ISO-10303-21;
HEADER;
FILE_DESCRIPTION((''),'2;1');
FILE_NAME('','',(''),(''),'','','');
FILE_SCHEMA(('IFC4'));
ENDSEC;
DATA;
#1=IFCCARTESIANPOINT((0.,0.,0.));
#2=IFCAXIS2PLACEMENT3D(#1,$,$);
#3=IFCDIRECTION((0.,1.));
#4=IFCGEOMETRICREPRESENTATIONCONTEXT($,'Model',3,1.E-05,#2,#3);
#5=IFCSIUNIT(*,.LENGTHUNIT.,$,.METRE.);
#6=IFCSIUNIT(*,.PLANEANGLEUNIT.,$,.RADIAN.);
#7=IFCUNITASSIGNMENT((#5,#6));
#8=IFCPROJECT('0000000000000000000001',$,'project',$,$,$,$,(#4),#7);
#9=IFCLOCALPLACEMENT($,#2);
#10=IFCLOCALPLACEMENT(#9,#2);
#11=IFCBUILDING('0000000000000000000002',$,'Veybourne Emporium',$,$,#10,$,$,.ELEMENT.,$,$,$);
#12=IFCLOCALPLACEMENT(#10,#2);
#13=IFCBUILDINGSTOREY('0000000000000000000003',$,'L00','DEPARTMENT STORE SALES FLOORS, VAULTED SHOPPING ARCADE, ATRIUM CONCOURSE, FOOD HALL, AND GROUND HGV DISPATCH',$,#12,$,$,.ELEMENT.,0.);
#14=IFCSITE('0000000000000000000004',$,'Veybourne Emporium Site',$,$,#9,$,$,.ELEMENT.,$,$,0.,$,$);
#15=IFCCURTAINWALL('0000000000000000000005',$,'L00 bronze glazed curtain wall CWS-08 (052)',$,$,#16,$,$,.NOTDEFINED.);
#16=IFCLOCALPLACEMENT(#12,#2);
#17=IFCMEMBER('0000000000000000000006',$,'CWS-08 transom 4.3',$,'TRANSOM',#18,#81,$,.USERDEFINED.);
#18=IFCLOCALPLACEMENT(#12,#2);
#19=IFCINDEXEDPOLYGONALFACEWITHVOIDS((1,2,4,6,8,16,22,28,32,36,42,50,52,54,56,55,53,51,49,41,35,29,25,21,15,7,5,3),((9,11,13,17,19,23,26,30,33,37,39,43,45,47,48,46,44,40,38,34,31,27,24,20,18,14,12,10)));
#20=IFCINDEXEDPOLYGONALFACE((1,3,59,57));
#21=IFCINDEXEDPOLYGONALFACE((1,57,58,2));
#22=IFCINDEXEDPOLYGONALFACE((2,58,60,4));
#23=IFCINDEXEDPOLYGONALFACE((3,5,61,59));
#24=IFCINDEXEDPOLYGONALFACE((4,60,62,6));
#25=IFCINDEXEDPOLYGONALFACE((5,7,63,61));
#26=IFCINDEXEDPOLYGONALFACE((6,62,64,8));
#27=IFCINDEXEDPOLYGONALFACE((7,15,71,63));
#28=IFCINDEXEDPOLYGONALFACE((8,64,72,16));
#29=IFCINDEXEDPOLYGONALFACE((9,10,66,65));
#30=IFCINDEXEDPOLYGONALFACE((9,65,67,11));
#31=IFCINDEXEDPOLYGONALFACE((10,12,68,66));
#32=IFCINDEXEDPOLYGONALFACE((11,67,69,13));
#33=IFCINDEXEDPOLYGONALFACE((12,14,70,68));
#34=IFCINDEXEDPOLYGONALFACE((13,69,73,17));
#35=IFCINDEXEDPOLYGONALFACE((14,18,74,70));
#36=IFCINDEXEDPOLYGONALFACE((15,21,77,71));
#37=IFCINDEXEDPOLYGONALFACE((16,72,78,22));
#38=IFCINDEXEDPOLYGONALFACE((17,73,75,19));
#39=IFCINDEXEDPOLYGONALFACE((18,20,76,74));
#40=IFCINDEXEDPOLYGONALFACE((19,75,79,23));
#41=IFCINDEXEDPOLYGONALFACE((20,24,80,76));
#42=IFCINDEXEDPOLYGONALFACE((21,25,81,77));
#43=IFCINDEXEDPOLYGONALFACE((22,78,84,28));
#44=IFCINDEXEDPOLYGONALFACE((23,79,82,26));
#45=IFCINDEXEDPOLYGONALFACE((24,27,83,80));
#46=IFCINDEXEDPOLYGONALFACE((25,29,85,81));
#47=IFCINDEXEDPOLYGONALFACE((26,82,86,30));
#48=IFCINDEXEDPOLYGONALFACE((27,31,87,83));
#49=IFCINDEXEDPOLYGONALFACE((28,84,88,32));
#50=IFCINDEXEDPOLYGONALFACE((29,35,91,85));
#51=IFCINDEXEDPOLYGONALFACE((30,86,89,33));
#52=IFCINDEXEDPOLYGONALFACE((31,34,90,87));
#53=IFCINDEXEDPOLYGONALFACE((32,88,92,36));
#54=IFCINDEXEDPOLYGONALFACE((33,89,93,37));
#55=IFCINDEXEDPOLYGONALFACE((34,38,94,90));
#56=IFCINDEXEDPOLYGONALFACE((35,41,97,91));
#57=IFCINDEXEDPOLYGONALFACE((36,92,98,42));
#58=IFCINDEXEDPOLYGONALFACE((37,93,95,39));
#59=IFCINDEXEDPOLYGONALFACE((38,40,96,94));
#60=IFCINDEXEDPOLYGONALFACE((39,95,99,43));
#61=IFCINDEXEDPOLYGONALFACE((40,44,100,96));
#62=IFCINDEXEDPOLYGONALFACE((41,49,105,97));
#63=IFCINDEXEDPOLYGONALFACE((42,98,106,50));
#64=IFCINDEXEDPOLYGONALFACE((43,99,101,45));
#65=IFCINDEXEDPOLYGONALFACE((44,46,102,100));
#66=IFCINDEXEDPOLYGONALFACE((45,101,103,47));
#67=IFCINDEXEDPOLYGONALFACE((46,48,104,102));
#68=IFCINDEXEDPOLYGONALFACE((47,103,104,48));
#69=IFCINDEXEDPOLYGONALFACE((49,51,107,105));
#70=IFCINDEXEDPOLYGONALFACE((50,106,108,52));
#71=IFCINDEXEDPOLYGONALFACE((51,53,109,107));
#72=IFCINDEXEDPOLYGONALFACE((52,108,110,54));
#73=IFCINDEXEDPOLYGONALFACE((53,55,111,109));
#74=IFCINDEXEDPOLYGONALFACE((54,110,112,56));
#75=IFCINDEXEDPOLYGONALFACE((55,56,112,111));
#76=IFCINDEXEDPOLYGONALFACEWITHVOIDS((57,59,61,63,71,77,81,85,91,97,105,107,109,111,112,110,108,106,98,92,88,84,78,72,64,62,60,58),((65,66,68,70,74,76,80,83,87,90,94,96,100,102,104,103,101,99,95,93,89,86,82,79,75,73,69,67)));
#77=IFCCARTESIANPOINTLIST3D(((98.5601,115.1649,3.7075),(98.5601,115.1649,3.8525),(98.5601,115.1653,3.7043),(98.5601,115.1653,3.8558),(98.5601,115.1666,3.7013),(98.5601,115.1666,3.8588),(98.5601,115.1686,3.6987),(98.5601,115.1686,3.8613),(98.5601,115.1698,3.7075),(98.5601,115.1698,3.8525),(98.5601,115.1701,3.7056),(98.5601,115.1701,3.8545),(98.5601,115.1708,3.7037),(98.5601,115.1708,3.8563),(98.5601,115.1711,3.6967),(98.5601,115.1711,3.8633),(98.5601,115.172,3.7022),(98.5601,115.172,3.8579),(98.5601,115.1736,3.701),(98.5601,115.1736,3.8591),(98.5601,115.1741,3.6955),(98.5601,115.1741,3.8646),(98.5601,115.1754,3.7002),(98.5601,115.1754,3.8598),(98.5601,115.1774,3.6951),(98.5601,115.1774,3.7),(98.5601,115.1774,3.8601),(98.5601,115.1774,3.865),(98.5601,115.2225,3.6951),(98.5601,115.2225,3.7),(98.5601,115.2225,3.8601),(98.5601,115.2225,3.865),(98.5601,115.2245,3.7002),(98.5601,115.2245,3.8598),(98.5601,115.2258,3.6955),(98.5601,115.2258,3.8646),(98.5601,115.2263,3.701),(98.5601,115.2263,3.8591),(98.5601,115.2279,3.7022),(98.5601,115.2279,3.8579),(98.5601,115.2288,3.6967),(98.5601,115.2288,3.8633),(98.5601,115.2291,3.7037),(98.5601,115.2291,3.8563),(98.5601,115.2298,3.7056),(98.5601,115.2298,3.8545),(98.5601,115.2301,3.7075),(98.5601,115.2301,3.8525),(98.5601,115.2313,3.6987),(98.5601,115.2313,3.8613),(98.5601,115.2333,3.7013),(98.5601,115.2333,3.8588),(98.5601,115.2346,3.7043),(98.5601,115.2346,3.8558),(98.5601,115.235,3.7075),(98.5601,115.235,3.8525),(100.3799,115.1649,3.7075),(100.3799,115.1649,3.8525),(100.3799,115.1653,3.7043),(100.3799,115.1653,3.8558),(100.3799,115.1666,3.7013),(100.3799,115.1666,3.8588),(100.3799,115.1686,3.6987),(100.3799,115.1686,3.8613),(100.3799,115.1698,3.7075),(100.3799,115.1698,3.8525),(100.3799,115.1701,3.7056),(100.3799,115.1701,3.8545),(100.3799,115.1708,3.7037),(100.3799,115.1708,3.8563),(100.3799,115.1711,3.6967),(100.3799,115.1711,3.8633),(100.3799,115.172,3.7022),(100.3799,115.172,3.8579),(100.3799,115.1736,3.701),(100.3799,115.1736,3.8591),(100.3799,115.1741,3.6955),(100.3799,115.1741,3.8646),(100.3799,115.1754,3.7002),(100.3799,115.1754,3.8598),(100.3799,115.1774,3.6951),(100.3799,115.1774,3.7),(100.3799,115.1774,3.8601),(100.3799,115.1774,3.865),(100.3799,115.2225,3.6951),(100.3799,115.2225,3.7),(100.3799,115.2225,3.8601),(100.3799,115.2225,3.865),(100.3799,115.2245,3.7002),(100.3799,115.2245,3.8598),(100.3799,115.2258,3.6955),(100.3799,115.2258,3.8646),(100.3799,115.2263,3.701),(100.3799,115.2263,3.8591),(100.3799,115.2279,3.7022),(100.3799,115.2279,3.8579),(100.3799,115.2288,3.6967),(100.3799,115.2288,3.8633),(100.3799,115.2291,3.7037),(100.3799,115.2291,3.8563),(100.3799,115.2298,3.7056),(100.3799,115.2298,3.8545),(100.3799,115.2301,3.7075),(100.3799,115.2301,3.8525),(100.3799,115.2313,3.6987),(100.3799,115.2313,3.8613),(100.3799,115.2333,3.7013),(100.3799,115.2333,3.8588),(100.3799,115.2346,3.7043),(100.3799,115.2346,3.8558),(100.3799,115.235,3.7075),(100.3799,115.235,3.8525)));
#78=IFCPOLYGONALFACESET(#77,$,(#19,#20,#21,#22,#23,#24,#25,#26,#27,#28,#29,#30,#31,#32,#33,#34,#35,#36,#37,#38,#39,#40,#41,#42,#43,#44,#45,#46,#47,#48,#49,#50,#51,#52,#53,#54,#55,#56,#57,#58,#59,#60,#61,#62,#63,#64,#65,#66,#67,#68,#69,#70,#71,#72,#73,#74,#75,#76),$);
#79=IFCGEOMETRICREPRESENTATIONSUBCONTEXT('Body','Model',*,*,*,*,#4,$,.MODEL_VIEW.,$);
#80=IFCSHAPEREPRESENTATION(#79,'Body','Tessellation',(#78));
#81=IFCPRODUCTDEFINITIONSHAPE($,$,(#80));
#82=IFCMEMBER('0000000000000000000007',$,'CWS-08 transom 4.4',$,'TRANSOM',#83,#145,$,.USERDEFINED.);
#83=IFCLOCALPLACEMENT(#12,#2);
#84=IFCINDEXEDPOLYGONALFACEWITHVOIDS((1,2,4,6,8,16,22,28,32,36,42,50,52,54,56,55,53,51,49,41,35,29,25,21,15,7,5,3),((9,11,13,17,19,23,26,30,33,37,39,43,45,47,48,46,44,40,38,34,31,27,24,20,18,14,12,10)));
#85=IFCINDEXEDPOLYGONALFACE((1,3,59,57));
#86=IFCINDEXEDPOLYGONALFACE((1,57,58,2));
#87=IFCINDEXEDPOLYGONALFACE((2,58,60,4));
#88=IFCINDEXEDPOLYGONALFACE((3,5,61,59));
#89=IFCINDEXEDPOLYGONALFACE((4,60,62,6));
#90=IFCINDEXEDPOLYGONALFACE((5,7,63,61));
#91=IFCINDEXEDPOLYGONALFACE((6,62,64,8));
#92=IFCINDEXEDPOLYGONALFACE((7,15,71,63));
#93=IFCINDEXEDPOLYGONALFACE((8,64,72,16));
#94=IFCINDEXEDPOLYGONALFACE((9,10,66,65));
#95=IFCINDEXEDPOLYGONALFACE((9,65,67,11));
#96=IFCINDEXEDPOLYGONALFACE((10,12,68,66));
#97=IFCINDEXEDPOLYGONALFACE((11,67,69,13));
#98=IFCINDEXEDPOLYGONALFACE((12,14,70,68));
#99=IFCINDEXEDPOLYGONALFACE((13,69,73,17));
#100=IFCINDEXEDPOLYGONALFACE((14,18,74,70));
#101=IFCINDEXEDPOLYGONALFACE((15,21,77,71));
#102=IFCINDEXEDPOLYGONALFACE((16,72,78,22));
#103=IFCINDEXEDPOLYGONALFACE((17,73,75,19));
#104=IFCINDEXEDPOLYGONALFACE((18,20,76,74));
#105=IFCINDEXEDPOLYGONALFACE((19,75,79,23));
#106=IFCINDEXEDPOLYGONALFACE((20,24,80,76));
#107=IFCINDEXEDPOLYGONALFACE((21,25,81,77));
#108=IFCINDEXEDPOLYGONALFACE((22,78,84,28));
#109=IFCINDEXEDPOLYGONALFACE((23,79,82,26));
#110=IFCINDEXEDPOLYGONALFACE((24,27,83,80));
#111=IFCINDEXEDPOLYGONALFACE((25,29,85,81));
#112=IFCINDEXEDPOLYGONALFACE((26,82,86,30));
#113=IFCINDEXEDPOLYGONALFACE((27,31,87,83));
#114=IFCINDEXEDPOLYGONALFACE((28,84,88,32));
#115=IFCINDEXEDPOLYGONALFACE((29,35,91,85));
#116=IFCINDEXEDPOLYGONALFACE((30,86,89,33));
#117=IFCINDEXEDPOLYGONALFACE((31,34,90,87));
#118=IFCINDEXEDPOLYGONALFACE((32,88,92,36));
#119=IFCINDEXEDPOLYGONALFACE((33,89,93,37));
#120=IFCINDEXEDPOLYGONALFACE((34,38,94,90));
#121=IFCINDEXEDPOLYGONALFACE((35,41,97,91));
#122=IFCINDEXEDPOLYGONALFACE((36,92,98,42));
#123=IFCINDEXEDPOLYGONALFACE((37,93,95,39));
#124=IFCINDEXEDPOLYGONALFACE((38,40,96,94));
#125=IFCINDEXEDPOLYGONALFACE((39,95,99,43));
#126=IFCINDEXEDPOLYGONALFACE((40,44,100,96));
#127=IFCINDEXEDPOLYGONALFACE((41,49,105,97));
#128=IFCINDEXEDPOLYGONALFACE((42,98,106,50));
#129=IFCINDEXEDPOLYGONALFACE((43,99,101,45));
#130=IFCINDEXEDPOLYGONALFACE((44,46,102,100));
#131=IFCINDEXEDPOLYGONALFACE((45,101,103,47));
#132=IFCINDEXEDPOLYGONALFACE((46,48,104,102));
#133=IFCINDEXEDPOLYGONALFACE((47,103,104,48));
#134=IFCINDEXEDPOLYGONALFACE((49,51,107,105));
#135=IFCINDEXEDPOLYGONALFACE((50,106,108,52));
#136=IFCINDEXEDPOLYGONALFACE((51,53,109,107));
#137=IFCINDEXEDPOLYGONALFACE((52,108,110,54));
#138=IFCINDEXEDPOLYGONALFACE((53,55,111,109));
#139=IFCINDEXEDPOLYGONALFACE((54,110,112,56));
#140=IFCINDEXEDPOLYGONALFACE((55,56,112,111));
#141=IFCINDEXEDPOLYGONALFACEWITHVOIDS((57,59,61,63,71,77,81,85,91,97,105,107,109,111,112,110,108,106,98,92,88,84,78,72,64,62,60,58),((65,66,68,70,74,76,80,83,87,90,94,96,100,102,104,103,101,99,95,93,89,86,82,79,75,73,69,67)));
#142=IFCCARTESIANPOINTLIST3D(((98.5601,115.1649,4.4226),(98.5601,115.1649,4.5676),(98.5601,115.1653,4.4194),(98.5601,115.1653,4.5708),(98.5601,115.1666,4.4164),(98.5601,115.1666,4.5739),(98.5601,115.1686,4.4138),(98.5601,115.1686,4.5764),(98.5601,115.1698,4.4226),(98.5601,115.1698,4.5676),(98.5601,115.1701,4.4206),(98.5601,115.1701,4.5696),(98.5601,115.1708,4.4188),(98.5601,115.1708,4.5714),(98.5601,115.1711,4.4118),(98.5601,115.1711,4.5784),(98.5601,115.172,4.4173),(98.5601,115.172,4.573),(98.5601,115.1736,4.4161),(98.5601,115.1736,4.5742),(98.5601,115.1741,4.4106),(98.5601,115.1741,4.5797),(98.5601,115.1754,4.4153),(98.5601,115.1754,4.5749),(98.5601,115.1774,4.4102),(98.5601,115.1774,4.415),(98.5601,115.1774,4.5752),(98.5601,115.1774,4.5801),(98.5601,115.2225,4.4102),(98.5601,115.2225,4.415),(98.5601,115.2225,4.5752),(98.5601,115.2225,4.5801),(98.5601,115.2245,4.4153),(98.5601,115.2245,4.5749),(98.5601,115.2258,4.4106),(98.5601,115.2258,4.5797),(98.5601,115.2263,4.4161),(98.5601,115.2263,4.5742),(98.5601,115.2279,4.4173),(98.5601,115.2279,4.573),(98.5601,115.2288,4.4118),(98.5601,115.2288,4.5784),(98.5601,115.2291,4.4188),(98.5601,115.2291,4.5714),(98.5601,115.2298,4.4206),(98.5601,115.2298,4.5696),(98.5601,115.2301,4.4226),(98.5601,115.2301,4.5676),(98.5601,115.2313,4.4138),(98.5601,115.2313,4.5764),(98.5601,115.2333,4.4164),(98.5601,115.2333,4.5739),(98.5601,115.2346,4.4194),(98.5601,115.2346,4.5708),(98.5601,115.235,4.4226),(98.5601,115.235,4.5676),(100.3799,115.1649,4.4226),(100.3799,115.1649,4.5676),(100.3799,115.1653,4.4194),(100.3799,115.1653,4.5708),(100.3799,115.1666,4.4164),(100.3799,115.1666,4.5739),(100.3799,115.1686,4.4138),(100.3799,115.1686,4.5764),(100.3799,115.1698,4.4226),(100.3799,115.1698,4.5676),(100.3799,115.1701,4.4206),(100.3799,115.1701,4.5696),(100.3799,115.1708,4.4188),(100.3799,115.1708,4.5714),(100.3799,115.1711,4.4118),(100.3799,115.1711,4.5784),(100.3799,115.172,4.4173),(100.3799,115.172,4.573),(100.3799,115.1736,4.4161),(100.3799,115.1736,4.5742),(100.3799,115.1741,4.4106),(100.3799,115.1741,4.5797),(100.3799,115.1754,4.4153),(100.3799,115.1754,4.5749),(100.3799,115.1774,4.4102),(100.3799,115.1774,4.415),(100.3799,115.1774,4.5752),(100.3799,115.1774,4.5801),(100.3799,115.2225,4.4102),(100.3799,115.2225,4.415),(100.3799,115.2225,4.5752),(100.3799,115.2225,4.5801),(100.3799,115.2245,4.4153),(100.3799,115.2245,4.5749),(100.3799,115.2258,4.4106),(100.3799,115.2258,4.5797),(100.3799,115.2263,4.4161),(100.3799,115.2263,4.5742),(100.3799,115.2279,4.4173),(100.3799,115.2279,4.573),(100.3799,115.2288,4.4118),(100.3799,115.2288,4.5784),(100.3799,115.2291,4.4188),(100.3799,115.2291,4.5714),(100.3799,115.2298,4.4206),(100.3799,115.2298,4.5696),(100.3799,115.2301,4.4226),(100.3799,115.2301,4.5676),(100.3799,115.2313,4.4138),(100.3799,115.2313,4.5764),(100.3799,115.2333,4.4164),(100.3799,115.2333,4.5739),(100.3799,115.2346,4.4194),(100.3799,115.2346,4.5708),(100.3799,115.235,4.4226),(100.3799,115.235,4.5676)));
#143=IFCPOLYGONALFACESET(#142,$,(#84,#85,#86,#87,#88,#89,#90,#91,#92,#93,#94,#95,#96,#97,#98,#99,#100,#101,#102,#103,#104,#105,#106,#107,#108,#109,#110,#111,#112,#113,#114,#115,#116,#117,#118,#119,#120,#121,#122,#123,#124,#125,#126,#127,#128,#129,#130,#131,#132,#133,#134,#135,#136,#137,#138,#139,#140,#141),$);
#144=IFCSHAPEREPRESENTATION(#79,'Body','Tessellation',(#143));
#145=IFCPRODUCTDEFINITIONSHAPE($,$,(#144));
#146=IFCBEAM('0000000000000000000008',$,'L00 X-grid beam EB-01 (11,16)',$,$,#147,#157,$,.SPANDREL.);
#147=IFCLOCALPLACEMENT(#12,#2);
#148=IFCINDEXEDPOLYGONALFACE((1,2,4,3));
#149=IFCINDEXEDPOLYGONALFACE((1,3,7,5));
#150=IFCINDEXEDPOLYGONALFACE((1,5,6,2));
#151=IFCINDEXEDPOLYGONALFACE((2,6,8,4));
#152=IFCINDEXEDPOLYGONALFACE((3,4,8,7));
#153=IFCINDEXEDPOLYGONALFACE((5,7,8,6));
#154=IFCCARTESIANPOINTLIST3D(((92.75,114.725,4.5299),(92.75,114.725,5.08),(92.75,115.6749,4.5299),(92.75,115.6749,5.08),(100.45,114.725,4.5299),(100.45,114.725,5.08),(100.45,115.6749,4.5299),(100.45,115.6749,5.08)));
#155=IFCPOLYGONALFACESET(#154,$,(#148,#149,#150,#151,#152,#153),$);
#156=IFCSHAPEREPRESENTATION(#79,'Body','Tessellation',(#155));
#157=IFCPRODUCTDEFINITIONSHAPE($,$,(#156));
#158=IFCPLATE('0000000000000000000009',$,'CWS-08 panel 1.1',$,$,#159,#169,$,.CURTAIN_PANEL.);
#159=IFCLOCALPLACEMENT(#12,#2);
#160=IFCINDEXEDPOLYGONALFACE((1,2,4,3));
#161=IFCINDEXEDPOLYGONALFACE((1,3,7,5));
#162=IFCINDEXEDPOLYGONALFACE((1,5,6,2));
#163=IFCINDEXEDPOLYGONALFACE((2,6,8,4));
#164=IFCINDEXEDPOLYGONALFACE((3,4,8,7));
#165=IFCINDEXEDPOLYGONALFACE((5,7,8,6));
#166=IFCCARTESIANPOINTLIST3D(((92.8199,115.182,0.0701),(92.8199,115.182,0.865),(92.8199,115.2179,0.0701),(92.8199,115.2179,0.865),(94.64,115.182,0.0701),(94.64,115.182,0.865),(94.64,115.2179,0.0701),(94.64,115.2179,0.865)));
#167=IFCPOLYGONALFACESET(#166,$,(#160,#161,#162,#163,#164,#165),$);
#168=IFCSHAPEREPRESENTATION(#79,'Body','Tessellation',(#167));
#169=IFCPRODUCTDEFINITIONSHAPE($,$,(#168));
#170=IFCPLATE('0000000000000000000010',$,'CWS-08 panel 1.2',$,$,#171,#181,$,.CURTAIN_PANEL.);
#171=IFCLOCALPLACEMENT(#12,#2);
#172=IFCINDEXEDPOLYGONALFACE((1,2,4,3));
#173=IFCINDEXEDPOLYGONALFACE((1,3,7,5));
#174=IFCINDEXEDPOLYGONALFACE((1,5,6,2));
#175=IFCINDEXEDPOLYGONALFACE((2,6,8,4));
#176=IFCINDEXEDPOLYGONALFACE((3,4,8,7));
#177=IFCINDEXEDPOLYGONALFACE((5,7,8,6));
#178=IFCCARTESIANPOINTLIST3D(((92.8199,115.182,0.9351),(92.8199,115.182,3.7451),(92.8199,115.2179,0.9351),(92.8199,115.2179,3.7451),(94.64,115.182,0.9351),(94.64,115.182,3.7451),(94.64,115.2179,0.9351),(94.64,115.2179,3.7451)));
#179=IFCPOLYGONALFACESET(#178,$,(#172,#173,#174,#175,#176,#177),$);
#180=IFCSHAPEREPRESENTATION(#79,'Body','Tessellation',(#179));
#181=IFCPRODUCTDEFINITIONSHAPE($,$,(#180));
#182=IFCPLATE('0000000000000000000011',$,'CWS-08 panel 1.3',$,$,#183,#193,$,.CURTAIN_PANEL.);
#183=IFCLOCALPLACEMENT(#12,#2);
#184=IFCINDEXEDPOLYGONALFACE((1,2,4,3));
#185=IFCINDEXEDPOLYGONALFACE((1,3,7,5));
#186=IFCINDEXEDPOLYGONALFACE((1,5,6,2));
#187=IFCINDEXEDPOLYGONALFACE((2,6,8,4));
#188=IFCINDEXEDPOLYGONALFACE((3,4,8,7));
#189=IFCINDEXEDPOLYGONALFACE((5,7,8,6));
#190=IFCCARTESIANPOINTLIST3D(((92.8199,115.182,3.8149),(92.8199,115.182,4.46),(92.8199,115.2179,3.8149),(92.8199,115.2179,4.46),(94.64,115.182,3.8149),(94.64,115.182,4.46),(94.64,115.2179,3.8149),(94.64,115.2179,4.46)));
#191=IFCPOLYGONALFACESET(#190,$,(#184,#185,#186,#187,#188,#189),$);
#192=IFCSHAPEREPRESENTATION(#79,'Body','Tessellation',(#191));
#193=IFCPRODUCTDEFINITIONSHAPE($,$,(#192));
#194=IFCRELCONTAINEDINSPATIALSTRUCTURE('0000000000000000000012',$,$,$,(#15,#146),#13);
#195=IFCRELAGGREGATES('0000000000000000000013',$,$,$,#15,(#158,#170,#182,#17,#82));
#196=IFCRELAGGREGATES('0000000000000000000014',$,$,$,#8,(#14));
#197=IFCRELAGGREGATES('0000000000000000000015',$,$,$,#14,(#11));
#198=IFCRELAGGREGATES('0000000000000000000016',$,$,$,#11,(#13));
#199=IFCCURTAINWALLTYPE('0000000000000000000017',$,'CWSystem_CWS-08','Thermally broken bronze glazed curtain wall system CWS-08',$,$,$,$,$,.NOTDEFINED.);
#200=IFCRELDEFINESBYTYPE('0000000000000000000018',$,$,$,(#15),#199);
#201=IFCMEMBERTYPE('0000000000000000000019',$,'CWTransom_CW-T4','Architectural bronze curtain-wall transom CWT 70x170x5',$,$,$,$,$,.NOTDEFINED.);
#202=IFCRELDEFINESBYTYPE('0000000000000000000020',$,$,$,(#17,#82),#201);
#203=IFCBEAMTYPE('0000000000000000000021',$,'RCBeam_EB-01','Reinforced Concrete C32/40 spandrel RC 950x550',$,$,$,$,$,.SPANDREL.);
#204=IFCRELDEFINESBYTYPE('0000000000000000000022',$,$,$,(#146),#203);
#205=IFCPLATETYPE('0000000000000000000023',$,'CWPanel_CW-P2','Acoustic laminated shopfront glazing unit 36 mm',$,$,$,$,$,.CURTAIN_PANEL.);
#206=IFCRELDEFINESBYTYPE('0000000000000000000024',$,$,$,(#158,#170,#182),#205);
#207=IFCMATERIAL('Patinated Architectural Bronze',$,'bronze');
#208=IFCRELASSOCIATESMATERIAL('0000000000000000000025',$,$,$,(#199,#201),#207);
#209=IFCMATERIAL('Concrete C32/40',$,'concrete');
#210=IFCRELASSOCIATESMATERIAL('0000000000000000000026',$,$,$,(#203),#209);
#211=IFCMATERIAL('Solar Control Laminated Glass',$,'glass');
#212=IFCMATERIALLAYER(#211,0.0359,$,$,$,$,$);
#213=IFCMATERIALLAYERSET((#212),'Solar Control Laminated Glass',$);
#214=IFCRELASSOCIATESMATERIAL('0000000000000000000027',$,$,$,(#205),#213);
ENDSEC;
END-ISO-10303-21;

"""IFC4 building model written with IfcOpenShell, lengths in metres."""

from ifc_helpers import new_model, si_unit, direction, frame, origin, origin_2d, place, context, subcontext, project, spatial, rectangle, hollow_rectangle, extrude, material, layer, layer_set, material_profile, profile_set, type_object, element, aggregate, save


model = new_model("IFC4")

# Units and contexts
model_context = context("Model", 3, precision=1e-05, world=origin(), true_north=direction((0.0, 1.0)))
body_context = subcontext(model_context, "Body", "Model", "MODEL_VIEW")
ifc_project = project(units=[si_unit("LENGTHUNIT", "METRE"), si_unit("PLANEANGLEUNIT", "RADIAN")], contexts=[model_context])

# Site, building, storey
site_placement = place(None, origin())
site = spatial("IfcSite", under=ifc_project, at=site_placement, Name="Veybourne Emporium Site", CompositionType="ELEMENT", RefElevation=0.0)
building_placement = place(site_placement, origin())
building = spatial("IfcBuilding", under=site, at=building_placement, Name="Veybourne Emporium", CompositionType="ELEMENT")
storey_placement = place(building_placement, origin())
storey = spatial("IfcBuildingStorey", under=building, at=storey_placement, Name="L00", Description="DEPARTMENT STORE SALES FLOORS, VAULTED SHOPPING ARCADE, ATRIUM CONCOURSE, FOOD HALL, AND GROUND HGV DISPATCH", CompositionType="ELEMENT", Elevation=0.0)

# Curtain wall, members
ifc_material_1 = material(Name="Patinated Architectural Bronze", Category="bronze")
curtain_wall_type = type_object("IfcCurtainWallType", Name="CWSystem_CWS-08", Description="Thermally broken bronze glazed curtain wall system CWS-08", PredefinedType="NOTDEFINED", material=ifc_material_1)
curtain_wall_placement = place(storey_placement, origin())
curtain_wall = element("IfcCurtainWall", 1, at=curtain_wall_placement, inside=storey, type_object=curtain_wall_type, Name="L00 bronze glazed curtain wall CWS-08 (052)", PredefinedType="NOTDEFINED")
ifc_material_profile_1 = material_profile(ifc_material_1, hollow_rectangle(XDim=0.0701, YDim=0.1699, WallThickness=0.0049, InnerFilletRadius=0.0076, OuterFilletRadius=0.0125, at=origin_2d()), Name="CWT 70x170x5")
ifc_profile_set_1 = profile_set([ifc_material_profile_1], Name="Patinated Architectural Bronze")
member_type_1 = type_object("IfcMemberType", Name="CWTransom_CW-T4", Description="Architectural bronze curtain-wall transom CWT 70x170x5", PredefinedType="NOTDEFINED", material=ifc_profile_set_1)
member_1_placement = place(storey_placement, frame((98.5601, 115.2, 3.78), z_axis=(1.0, 0.0, 0.0), x_axis=(0.0, 1.0, 0.0)))
member_1 = element("IfcMember", 2, at=member_1_placement, type_object=member_type_1, Name="CWS-08 transom 4.3", ObjectType="TRANSOM", PredefinedType="USERDEFINED", context=body_context, shape_type="SweptSolid", body=[
    extrude(hollow_rectangle(XDim=0.0701, YDim=0.1699, WallThickness=0.0049, InnerFilletRadius=0.0076, OuterFilletRadius=0.0125, at=origin_2d()), origin(), (0.0, 0.0, 1.0), 1.8198),
])
member_2_placement = place(storey_placement, frame((98.5601, 115.2, 4.4951), z_axis=(1.0, 0.0, 0.0), x_axis=(0.0, 1.0, 0.0)))
member_2 = element("IfcMember", 3, at=member_2_placement, type_object=member_type_1, Name="CWS-08 transom 4.4", ObjectType="TRANSOM", PredefinedType="USERDEFINED", context=body_context, shape_type="SweptSolid", body=[
    extrude(hollow_rectangle(XDim=0.0701, YDim=0.1699, WallThickness=0.0049, InnerFilletRadius=0.0076, OuterFilletRadius=0.0125, at=origin_2d()), origin(), (0.0, 0.0, 1.0), 1.8198),
])

# Beam
ifc_material_2 = material(Name="Concrete C32/40", Category="concrete")
ifc_material_profile_2 = material_profile(ifc_material_2, rectangle(XDim=0.95, YDim=0.55, at=origin_2d()), Name="RC 950x550")
ifc_profile_set_2 = profile_set([ifc_material_profile_2], Name="Concrete C32/40")
beam_type = type_object("IfcBeamType", Name="RCBeam_EB-01", Description="Reinforced Concrete C32/40 spandrel RC 950x550", PredefinedType="SPANDREL", material=ifc_profile_set_2)
beam_placement = place(storey_placement, frame((92.75, 115.2, 4.8049), z_axis=(1.0, 0.0, 0.0), x_axis=(0.0, 1.0, 0.0)))
element("IfcBeam", 4, at=beam_placement, inside=storey, type_object=beam_type, Name="L00 X-grid beam EB-01 (11,16)", PredefinedType="SPANDREL", context=body_context, shape_type="SweptSolid", body=[
    extrude(rectangle(XDim=0.95, YDim=0.55, at=origin_2d()), origin(), (0.0, 0.0, 1.0), 7.7),
])

# Plates
ifc_material_3 = material(Name="Solar Control Laminated Glass", Category="glass")
ifc_layer_1 = layer(ifc_material_3, 0.0359)
ifc_layer_set_1 = layer_set([ifc_layer_1], Name="Solar Control Laminated Glass")
plate_type = type_object("IfcPlateType", Name="CWPanel_CW-P2", Description="Acoustic laminated shopfront glazing unit 36 mm", PredefinedType="CURTAIN_PANEL", material=ifc_layer_set_1)
plate_1_placement = place(storey_placement, frame((93.73, 115.2, 0.0701), z_axis=(0.0, 0.0, 1.0), x_axis=(1.0, 0.0, 0.0)))
plate_1 = element("IfcPlate", 5, at=plate_1_placement, type_object=plate_type, Name="CWS-08 panel 1.1", PredefinedType="CURTAIN_PANEL", context=body_context, shape_type="SweptSolid", body=[
    extrude(rectangle(XDim=1.8201, YDim=0.0359, at=origin_2d()), origin(), (0.0, 0.0, 1.0), 0.7949),
])
plate_2_placement = place(storey_placement, frame((93.73, 115.2, 0.9351), z_axis=(0.0, 0.0, 1.0), x_axis=(1.0, 0.0, 0.0)))
plate_2 = element("IfcPlate", 6, at=plate_2_placement, type_object=plate_type, Name="CWS-08 panel 1.2", PredefinedType="CURTAIN_PANEL", context=body_context, shape_type="SweptSolid", body=[
    extrude(rectangle(XDim=1.8201, YDim=0.0359, at=origin_2d()), origin(), (0.0, 0.0, 1.0), 2.8101),
])
plate_3_placement = place(storey_placement, frame((93.73, 115.2, 3.8149), z_axis=(0.0, 0.0, 1.0), x_axis=(1.0, 0.0, 0.0)))
plate_3 = element("IfcPlate", 7, at=plate_3_placement, type_object=plate_type, Name="CWS-08 panel 1.3", PredefinedType="CURTAIN_PANEL", context=body_context, shape_type="SweptSolid", body=[
    extrude(rectangle(XDim=1.8201, YDim=0.0359, at=origin_2d()), origin(), (0.0, 0.0, 1.0), 0.645),
])
aggregate(curtain_wall, [plate_1, plate_2, plate_3, member_1, member_2])

save(model, "model.ifc")
